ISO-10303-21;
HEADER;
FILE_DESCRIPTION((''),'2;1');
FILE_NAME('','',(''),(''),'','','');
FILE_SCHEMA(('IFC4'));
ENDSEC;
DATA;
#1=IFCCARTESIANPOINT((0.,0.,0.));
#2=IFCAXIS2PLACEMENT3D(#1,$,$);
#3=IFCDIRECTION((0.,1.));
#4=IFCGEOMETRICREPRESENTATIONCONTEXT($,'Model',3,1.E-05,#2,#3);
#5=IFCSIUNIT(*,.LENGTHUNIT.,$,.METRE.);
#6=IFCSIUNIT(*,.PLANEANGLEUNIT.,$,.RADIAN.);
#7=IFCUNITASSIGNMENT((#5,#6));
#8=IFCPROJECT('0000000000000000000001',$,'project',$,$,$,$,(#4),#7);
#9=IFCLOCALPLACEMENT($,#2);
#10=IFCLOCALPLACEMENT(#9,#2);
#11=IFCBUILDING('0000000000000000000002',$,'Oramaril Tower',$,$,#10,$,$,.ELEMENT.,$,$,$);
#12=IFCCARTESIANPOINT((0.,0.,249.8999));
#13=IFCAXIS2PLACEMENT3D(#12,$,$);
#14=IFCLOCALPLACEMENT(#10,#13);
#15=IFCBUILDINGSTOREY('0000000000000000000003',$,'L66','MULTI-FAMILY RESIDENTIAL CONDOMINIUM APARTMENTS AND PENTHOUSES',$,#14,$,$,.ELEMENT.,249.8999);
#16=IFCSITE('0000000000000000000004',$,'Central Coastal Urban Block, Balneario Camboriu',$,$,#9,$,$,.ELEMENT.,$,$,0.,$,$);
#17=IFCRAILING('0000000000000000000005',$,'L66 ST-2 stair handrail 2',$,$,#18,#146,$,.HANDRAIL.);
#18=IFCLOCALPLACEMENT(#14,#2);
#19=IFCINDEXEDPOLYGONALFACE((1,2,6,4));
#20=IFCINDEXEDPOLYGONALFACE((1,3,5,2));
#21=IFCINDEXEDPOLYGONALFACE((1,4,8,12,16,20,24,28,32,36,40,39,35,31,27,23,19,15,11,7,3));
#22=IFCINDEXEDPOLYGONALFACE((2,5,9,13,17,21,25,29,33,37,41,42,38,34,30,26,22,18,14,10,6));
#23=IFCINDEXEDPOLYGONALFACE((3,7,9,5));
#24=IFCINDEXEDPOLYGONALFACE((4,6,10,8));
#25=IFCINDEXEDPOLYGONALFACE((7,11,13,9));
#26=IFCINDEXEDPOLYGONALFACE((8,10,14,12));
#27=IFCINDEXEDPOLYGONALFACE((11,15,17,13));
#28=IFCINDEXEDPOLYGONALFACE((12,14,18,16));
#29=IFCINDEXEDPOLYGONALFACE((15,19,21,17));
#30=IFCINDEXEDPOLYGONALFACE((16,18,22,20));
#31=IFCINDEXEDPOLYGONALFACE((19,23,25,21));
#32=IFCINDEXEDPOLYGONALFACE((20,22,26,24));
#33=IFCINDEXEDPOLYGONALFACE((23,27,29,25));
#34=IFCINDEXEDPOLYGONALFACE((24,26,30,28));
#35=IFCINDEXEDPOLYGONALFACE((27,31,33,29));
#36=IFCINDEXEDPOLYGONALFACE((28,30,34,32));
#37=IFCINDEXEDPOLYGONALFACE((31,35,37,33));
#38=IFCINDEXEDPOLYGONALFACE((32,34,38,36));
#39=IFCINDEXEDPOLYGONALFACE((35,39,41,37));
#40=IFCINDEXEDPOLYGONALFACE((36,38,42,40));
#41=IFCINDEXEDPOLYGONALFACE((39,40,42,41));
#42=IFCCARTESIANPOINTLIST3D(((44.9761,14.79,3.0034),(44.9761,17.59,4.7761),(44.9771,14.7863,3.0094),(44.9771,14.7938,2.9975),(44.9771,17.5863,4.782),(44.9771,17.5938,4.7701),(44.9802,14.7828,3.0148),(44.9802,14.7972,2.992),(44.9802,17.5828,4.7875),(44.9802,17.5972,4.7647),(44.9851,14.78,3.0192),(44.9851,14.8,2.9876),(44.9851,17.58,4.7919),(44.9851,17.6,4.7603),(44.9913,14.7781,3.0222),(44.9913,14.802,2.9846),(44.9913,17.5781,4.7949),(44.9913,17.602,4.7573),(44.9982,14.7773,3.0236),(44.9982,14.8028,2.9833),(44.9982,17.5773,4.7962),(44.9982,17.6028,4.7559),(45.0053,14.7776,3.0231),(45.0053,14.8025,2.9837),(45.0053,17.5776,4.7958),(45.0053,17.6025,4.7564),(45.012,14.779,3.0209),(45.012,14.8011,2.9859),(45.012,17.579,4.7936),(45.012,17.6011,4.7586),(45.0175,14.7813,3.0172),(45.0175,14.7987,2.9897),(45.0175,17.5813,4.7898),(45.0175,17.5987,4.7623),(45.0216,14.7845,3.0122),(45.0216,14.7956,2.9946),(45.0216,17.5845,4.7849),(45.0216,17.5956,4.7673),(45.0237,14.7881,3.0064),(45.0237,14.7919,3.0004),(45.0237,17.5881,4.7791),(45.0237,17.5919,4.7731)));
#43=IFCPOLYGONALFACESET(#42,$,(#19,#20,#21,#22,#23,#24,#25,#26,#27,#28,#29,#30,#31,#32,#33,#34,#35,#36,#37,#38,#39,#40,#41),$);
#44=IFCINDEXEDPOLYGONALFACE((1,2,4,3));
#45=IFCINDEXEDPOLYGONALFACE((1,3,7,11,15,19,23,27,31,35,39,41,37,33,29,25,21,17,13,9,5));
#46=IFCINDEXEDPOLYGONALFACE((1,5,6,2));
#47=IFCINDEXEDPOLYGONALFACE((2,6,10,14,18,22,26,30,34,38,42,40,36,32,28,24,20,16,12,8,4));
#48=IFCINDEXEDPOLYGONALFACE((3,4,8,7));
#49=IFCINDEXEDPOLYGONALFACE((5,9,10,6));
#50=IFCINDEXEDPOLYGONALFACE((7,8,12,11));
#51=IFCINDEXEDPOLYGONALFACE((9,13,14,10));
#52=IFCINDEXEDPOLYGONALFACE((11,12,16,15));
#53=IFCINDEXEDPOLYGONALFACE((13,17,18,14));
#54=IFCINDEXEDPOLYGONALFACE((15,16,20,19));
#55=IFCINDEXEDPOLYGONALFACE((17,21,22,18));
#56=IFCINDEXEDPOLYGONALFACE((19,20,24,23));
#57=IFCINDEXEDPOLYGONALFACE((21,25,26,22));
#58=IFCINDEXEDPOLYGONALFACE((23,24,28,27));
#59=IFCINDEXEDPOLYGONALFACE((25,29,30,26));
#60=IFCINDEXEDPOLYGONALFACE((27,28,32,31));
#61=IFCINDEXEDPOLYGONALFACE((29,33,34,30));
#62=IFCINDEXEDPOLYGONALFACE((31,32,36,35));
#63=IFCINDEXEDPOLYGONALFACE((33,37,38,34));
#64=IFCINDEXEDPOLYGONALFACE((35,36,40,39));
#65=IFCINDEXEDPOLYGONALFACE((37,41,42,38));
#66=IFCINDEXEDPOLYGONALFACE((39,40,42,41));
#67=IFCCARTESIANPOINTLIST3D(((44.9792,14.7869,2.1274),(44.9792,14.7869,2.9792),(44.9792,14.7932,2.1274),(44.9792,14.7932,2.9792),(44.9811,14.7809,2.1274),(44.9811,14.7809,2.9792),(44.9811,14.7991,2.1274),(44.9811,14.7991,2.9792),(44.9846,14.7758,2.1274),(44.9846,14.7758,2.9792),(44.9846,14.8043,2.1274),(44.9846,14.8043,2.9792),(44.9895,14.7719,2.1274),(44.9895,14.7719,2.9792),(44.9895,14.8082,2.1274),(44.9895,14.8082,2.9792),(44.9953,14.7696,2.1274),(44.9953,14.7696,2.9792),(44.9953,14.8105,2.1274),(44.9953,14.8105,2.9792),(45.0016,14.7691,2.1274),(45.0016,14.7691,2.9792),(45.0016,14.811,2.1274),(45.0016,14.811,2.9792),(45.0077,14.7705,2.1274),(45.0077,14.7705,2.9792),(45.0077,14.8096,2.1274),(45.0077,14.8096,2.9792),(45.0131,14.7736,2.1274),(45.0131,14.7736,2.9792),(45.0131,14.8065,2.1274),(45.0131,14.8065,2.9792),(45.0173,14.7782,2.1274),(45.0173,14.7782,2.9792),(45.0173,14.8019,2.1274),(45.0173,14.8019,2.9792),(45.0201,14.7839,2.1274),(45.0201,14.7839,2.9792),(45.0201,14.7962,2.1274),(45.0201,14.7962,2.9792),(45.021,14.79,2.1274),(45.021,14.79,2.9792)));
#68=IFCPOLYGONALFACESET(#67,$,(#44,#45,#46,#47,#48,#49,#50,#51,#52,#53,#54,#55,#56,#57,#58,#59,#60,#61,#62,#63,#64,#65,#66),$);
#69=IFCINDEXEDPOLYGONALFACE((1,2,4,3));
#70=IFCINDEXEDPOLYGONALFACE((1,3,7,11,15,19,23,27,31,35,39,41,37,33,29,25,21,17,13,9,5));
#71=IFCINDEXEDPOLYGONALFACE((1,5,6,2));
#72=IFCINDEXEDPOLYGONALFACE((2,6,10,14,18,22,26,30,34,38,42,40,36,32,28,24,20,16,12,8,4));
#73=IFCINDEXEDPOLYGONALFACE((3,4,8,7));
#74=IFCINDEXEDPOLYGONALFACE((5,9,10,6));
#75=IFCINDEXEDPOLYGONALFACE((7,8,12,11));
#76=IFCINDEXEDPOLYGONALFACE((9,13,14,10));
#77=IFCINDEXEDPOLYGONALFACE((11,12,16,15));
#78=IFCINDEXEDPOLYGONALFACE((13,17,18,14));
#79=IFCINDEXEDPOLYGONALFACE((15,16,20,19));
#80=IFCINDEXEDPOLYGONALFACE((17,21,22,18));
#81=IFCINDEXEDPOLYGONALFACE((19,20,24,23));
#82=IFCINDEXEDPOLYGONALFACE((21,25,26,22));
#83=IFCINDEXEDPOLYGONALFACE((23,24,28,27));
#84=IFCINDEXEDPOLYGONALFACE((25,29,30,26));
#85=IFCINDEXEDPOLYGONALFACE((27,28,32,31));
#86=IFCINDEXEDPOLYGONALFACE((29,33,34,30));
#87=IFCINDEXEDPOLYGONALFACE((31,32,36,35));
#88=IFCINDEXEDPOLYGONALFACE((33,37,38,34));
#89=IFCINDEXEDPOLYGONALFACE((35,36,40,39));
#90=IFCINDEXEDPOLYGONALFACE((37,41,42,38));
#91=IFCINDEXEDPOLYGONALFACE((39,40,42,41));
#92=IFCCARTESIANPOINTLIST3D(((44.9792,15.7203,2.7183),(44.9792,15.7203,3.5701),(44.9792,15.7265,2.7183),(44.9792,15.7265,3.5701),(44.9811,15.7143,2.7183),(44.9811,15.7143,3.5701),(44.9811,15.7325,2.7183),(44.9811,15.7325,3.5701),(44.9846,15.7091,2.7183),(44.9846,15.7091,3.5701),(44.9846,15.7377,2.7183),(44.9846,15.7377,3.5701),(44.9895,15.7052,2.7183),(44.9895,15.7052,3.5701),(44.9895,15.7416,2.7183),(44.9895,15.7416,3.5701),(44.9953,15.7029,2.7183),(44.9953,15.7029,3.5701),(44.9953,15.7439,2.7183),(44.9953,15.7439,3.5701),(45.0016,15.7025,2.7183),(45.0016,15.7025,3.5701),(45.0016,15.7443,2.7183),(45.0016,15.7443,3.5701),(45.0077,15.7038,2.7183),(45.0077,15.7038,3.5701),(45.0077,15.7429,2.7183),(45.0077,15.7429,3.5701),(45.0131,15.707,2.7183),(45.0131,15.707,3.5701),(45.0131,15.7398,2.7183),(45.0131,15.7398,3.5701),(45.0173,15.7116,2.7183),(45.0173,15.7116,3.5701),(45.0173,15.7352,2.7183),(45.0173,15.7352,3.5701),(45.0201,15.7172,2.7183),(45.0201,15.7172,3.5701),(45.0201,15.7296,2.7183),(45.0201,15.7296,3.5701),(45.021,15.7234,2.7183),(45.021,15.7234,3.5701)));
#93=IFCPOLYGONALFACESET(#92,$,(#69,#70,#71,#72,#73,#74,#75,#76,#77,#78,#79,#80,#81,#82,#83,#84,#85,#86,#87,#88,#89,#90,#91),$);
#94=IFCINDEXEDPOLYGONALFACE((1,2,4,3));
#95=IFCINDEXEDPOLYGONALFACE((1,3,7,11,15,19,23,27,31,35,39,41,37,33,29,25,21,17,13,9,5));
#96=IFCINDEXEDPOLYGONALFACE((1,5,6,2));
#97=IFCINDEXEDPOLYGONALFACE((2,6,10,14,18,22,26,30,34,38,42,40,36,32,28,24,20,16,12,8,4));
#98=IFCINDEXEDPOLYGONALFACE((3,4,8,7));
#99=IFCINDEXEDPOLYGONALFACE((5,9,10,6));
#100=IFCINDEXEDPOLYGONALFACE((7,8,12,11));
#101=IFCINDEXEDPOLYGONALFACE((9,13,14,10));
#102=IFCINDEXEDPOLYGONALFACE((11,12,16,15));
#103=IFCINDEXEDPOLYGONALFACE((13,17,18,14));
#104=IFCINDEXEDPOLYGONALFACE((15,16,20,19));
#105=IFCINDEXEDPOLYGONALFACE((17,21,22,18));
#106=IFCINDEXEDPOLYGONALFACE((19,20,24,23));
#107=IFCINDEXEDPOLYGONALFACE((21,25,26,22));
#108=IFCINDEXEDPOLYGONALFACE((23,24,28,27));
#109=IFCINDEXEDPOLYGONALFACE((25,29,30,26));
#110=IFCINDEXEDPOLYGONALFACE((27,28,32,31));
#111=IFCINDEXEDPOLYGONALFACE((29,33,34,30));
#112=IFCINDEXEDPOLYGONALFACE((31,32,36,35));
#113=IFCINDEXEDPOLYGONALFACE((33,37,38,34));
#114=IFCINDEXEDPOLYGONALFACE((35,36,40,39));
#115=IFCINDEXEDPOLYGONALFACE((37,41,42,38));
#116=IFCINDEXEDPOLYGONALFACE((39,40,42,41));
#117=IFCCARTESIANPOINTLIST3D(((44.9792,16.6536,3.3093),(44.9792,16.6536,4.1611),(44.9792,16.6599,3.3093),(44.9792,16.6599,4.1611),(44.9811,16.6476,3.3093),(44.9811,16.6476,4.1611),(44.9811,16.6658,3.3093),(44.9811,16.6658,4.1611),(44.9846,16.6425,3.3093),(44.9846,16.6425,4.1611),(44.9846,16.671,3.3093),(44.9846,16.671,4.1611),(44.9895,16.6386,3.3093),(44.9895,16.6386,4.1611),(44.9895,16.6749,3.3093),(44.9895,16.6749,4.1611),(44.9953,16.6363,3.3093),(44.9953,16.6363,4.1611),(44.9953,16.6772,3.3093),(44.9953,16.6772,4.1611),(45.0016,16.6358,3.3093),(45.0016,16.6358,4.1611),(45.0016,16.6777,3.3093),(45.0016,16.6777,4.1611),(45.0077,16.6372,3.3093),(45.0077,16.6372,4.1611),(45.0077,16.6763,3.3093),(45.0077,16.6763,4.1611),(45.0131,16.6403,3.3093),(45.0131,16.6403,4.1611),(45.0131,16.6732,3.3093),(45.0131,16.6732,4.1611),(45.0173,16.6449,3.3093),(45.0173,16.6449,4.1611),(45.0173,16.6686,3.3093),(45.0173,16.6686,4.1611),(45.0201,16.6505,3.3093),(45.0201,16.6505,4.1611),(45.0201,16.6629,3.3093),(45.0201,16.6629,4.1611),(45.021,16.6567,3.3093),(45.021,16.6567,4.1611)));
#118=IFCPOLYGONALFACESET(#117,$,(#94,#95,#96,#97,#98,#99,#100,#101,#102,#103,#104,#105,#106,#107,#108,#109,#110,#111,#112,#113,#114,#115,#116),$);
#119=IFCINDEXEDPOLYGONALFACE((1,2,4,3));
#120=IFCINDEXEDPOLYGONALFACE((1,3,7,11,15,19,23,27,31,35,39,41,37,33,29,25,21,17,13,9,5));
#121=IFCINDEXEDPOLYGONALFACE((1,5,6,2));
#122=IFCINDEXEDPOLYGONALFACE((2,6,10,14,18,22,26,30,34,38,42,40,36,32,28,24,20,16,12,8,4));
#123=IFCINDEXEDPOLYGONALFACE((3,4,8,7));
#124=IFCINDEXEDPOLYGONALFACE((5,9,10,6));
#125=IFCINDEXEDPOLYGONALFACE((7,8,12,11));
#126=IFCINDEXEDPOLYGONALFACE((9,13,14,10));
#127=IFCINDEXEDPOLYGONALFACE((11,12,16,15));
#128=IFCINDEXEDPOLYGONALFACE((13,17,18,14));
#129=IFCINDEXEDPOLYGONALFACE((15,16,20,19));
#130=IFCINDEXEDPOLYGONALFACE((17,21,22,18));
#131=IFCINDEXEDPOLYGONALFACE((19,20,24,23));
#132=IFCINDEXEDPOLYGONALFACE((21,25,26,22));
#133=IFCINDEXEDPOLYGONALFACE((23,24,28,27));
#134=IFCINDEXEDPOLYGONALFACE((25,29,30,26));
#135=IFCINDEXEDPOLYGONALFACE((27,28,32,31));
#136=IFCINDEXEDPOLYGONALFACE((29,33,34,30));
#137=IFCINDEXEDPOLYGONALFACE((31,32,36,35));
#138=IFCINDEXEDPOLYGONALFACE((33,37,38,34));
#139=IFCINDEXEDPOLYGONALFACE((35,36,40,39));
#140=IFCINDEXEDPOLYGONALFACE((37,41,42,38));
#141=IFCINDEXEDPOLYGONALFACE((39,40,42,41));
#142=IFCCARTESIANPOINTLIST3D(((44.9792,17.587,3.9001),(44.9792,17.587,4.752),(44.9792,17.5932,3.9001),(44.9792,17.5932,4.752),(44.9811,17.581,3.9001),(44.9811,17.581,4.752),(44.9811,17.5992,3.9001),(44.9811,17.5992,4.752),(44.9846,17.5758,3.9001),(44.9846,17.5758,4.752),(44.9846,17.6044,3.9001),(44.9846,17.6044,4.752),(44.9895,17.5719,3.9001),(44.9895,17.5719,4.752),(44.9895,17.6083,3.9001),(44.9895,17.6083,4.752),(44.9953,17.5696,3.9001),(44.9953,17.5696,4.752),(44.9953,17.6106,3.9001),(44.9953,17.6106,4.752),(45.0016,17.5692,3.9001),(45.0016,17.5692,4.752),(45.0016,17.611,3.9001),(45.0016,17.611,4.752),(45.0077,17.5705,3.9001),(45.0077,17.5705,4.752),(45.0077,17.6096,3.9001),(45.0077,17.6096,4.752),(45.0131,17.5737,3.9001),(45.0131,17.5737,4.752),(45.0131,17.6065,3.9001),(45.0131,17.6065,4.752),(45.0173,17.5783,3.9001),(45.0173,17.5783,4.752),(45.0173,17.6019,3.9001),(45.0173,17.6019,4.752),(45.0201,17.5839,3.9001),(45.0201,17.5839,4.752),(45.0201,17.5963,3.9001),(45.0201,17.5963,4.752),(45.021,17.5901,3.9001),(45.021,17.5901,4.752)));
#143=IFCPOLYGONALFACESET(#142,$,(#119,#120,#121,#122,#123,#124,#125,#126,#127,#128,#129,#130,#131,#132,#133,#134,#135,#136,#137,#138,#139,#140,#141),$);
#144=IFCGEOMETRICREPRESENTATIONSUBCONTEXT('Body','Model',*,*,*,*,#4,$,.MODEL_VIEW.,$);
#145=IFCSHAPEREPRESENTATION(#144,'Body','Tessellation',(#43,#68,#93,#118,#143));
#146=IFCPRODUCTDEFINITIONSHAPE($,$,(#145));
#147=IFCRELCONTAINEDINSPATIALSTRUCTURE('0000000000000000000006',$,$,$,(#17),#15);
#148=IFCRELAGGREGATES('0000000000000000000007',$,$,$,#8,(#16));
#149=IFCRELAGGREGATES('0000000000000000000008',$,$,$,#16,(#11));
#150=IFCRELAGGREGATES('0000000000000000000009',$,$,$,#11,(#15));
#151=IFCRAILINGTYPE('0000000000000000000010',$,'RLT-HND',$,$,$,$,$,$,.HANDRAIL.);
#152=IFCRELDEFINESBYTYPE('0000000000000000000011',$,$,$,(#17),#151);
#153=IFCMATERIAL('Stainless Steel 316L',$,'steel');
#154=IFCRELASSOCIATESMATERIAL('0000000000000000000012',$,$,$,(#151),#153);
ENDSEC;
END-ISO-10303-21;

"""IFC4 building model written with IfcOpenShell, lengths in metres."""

from ifc_helpers import new_model, si_unit, direction, frame, origin, origin_2d, place, context, subcontext, project, spatial, circle, extrude, material, type_object, element, save


model = new_model("IFC4")

# Units and contexts
model_context = context("Model", 3, precision=1e-05, world=origin(), true_north=direction((0.0, 1.0)))
body_context = subcontext(model_context, "Body", "Model", "MODEL_VIEW")
ifc_project = project(units=[si_unit("LENGTHUNIT", "METRE"), si_unit("PLANEANGLEUNIT", "RADIAN")], contexts=[model_context])

# Site, building, storey
site_placement = place(None, origin())
site = spatial("IfcSite", under=ifc_project, at=site_placement, Name="Central Coastal Urban Block, Balneario Camboriu", CompositionType="ELEMENT", RefElevation=0.0)
building_placement = place(site_placement, origin())
building = spatial("IfcBuilding", under=site, at=building_placement, Name="Oramaril Tower", CompositionType="ELEMENT")
storey_placement = place(building_placement, frame((0.0, 0.0, 249.8999)))
storey = spatial("IfcBuildingStorey", under=building, at=storey_placement, Name="L66", Description="MULTI-FAMILY RESIDENTIAL CONDOMINIUM APARTMENTS AND PENTHOUSES", CompositionType="ELEMENT", Elevation=249.8999)

# Railing
ifc_material_1 = material(Name="Stainless Steel 316L", Category="steel")
railing_type_1 = type_object("IfcRailingType", Name="RLT-HND", PredefinedType="HANDRAIL", material=ifc_material_1)
railing_1_placement = place(storey_placement, frame((45.0, 14.79, 2.1274)))
element("IfcRailing", 1, at=railing_1_placement, inside=storey, type_object=railing_type_1, Name="L66 ST-2 stair handrail 2", PredefinedType="HANDRAIL", context=body_context, shape_type="SweptSolid", body=[
    extrude(circle(Radius=0.0239, at=origin_2d()), frame((0.0, 0.0, 0.876), z_axis=(0.0, 0.844909, 0.53491), x_axis=(-1.0, 0.0, 0.0)), (0.0, 0.0, 1.0), 3.314),
    extrude(circle(Radius=0.021, at=origin_2d()), origin(), (0.0, 0.0, 1.0), 0.8518),
    extrude(circle(Radius=0.021, at=origin_2d()), frame((0.0, 0.9333, 0.5908)), (0.0, 0.0, 1.0), 0.8518),
    extrude(circle(Radius=0.021, at=origin_2d()), frame((0.0, 1.8667, 1.1819)), (0.0, 0.0, 1.0), 0.8518),
    extrude(circle(Radius=0.021, at=origin_2d()), frame((0.0, 2.8, 1.7727)), (0.0, 0.0, 1.0), 0.8518),
])

save(model, "model.ifc")
